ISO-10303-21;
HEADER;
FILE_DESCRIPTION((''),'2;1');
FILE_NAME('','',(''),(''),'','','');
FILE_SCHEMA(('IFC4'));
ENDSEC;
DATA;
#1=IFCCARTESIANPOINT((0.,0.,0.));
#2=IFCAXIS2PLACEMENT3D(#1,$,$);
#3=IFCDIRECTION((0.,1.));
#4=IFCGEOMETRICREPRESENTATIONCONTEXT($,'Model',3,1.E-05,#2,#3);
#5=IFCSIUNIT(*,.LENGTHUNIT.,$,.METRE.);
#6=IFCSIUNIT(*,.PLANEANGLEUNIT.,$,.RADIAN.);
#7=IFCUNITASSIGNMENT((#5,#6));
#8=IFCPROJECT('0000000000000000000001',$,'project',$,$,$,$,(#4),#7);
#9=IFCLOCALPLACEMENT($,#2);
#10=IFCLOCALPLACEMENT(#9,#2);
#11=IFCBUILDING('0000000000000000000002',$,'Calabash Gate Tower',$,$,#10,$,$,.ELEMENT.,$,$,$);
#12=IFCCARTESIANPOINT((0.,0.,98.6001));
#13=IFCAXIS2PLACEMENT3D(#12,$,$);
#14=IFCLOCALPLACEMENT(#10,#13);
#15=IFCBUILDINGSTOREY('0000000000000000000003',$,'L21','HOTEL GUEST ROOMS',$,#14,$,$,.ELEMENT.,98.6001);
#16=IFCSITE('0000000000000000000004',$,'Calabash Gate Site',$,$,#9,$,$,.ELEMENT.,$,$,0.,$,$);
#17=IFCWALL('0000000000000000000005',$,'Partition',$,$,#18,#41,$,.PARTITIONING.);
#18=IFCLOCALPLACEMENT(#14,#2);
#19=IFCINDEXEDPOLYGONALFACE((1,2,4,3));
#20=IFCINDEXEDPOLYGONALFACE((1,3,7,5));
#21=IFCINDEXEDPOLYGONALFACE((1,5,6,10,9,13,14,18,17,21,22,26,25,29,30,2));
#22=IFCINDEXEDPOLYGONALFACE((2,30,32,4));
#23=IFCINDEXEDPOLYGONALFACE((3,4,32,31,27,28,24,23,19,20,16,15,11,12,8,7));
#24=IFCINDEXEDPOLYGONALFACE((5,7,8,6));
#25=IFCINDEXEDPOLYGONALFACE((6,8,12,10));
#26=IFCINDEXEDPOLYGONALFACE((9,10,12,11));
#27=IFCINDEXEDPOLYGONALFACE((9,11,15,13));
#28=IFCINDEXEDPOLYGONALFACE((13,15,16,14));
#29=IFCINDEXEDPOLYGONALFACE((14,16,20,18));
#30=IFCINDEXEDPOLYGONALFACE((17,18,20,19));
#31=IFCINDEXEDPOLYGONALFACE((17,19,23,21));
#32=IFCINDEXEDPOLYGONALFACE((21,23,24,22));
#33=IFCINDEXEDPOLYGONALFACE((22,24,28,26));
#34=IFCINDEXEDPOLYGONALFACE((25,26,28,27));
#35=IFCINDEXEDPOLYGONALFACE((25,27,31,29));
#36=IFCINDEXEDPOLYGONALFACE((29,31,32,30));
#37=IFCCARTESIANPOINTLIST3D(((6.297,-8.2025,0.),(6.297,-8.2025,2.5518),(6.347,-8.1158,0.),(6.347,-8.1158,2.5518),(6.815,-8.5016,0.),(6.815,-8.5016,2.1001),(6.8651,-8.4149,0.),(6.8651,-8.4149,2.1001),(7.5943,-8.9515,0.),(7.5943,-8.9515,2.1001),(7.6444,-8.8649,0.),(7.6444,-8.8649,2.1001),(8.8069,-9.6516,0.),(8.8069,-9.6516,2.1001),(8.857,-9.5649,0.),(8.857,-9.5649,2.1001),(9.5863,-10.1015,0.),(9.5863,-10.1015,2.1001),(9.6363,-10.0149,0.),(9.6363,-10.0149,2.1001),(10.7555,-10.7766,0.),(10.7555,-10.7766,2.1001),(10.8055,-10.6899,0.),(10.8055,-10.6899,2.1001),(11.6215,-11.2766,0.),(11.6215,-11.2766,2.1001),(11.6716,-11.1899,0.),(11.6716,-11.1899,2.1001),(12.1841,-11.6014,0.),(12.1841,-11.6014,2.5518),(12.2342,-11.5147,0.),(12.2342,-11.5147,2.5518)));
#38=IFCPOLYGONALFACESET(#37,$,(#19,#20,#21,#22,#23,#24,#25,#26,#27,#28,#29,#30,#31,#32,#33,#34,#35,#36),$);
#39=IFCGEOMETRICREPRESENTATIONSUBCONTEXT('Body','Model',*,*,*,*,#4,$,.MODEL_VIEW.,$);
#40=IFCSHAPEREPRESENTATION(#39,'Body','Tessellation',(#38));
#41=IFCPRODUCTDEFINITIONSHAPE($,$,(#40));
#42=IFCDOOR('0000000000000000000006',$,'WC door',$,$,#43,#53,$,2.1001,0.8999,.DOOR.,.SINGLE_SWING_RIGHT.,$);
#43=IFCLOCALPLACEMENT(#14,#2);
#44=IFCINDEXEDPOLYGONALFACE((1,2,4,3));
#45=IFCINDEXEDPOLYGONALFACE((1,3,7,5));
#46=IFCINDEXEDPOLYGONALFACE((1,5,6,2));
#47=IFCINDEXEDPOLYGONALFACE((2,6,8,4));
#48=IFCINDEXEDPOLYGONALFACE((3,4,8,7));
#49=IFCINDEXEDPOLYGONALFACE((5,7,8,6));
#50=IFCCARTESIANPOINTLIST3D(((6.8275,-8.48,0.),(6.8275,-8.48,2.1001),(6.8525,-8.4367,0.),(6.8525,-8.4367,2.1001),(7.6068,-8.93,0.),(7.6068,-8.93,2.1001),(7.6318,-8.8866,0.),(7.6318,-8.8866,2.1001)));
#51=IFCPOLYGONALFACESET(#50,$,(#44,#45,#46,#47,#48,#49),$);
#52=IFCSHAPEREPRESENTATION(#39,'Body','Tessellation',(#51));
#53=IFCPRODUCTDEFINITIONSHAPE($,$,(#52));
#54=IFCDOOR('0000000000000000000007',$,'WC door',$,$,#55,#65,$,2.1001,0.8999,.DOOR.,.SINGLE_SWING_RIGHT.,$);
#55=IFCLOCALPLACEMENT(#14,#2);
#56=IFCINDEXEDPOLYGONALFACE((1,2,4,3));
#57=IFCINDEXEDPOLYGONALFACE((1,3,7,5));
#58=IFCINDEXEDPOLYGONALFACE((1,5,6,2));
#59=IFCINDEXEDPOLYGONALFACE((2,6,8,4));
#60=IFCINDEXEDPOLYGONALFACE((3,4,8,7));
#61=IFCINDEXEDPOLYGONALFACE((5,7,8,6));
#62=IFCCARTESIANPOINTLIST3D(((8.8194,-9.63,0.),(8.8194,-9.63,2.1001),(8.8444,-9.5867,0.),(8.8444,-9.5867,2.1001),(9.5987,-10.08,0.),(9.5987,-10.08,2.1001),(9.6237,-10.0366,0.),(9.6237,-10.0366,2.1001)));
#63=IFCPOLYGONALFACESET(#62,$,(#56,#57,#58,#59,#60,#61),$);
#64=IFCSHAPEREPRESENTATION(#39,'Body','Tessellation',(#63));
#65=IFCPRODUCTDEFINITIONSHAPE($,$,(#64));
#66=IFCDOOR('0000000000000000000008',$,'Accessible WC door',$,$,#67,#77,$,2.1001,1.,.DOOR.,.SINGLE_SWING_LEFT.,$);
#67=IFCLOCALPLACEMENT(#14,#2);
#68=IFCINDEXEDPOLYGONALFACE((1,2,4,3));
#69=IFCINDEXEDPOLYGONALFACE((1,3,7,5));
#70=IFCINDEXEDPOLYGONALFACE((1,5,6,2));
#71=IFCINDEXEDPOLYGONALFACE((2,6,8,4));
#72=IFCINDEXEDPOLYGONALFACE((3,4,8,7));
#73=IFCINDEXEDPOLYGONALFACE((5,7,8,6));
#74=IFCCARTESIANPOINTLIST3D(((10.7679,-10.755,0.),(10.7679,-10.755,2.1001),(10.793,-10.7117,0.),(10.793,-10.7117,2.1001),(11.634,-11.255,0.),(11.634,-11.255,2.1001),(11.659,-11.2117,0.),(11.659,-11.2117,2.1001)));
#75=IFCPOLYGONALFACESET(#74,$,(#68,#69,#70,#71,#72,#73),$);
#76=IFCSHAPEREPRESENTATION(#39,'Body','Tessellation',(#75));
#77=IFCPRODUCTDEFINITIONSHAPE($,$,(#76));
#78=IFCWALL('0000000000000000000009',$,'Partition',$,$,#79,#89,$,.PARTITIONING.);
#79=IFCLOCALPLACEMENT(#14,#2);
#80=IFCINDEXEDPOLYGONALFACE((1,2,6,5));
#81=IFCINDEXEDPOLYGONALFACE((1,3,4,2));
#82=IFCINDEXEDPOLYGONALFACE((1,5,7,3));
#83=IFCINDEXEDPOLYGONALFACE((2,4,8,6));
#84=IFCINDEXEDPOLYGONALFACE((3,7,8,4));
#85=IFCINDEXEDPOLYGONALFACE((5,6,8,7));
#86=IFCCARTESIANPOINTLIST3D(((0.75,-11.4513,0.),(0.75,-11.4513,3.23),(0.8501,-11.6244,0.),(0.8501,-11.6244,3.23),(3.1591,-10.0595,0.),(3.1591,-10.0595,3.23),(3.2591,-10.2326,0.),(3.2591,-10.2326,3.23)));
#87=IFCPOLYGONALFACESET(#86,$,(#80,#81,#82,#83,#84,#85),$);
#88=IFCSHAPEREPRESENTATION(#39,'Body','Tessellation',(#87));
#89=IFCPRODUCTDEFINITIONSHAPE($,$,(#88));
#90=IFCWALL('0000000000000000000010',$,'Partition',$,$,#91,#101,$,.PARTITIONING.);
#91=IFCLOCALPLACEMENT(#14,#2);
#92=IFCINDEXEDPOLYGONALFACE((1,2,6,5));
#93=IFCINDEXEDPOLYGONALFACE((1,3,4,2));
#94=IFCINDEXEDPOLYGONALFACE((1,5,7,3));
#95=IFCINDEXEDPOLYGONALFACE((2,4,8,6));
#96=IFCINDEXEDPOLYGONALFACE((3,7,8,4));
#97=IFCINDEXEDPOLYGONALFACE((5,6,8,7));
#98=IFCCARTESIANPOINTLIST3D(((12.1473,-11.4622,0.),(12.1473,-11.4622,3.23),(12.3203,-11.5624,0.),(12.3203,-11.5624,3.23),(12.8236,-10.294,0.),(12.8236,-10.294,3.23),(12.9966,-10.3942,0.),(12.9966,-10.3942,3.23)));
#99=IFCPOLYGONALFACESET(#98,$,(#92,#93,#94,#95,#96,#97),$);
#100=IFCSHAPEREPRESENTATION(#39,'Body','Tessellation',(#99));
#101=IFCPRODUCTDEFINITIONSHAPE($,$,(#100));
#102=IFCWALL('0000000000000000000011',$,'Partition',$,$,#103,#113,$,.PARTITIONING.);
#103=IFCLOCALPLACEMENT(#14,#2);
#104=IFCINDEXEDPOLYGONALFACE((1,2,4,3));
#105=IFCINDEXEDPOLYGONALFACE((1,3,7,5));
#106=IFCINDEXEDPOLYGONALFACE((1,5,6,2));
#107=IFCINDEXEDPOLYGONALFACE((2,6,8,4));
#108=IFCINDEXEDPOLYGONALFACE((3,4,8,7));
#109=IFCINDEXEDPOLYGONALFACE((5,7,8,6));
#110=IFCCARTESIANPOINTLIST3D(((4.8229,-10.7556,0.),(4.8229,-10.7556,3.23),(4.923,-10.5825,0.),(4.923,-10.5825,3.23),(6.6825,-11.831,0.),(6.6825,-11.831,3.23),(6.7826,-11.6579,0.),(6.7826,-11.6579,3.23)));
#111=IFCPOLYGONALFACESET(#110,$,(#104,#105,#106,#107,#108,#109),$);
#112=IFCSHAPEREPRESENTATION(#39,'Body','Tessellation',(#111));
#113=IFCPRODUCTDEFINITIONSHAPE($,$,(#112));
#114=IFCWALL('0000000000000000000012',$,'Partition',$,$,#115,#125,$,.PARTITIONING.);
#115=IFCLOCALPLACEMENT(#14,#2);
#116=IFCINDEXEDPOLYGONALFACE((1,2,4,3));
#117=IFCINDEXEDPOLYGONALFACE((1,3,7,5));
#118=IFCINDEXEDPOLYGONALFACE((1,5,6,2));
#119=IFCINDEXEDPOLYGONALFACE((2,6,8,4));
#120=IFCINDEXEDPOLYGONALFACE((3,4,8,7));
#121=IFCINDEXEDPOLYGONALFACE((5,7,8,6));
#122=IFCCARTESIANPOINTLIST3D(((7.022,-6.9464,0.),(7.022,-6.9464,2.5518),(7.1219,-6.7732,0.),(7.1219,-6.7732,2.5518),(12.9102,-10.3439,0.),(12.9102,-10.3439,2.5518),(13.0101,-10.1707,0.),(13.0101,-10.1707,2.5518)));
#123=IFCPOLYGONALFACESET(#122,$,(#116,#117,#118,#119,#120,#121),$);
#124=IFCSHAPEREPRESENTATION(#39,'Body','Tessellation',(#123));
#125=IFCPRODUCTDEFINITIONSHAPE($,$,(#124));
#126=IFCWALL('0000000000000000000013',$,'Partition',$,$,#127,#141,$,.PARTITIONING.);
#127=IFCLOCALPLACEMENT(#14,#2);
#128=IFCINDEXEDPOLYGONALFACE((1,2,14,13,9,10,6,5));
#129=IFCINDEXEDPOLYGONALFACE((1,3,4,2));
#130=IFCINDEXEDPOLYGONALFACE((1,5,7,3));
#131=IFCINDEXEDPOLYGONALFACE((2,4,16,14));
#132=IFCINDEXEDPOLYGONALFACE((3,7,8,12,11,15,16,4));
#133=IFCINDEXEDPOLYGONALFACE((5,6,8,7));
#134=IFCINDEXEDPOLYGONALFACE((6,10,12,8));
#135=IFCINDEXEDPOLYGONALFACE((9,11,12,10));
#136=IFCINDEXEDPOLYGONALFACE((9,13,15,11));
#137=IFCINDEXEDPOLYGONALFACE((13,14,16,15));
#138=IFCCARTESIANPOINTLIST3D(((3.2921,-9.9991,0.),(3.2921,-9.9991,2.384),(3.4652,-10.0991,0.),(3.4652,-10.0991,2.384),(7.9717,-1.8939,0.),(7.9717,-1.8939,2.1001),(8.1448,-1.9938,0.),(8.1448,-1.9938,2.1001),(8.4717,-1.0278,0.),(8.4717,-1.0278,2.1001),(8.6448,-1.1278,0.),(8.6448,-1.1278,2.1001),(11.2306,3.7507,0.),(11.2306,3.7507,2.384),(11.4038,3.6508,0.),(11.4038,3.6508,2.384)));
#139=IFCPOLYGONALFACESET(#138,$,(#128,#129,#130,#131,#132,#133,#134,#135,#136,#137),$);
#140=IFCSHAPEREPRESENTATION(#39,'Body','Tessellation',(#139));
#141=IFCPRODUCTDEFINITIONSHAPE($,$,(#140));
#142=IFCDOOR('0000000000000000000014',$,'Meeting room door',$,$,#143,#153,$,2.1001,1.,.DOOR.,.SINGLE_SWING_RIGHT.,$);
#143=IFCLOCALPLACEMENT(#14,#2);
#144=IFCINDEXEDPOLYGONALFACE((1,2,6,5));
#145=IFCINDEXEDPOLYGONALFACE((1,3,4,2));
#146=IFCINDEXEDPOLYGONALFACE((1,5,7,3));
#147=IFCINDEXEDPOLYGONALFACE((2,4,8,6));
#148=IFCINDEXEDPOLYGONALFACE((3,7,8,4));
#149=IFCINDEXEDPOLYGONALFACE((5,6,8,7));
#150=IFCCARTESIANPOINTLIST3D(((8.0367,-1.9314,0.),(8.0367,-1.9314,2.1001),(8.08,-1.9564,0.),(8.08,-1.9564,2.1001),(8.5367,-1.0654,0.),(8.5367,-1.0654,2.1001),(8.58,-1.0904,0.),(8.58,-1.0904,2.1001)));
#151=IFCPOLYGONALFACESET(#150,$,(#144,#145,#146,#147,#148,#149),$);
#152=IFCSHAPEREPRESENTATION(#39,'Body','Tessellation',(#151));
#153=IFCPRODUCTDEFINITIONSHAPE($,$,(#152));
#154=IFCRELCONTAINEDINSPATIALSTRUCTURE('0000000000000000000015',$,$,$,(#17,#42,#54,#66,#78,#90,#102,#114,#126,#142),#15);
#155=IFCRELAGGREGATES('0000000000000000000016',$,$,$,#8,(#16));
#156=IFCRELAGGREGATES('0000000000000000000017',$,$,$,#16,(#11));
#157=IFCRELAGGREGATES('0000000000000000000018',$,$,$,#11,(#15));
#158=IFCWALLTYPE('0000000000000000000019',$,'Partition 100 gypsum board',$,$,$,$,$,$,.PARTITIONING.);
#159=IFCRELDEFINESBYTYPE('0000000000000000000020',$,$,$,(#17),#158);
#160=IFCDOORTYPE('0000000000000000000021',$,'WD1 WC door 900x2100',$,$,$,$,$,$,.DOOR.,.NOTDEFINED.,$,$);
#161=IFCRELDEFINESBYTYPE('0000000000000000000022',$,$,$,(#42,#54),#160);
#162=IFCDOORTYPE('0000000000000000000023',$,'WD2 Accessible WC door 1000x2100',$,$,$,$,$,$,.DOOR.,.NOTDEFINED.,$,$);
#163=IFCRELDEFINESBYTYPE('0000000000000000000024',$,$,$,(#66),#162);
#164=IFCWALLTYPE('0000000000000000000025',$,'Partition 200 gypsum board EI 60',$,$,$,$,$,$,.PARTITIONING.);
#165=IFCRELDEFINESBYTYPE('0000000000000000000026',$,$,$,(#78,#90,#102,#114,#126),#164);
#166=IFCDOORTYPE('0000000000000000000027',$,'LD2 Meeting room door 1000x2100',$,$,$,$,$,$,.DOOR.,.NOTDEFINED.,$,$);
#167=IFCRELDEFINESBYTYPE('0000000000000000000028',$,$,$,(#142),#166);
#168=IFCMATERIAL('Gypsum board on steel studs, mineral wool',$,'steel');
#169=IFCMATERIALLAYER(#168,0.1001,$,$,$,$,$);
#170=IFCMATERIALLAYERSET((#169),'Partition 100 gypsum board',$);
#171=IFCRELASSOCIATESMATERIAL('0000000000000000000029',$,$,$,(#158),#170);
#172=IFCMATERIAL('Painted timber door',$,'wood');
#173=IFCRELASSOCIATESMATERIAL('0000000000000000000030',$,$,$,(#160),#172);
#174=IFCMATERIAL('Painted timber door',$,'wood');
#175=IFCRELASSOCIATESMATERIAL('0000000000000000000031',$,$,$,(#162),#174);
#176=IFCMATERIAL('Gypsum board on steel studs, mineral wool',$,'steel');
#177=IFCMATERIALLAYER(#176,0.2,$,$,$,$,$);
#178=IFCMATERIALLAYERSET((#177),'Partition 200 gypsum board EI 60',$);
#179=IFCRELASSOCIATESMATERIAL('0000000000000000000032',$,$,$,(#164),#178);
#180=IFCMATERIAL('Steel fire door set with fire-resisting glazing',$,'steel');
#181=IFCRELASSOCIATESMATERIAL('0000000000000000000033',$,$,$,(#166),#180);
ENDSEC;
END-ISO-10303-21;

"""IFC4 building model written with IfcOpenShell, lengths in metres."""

from ifc_helpers import new_model, si_unit, direction, frame, frame_2d, origin, place, context, subcontext, project, spatial, rectangle, extrude, material, layer, layer_set, type_object, element, fill, save


model = new_model("IFC4")

# Units and contexts
model_context = context("Model", 3, precision=1e-05, world=origin(), true_north=direction((0.0, 1.0)))
body_context = subcontext(model_context, "Body", "Model", "MODEL_VIEW")
ifc_project = project(units=[si_unit("LENGTHUNIT", "METRE"), si_unit("PLANEANGLEUNIT", "RADIAN")], contexts=[model_context])

# Site, building, storey
site_placement = place(None, origin())
site = spatial("IfcSite", under=ifc_project, at=site_placement, Name="Calabash Gate Site", CompositionType="ELEMENT", RefElevation=0.0)
building_placement = place(site_placement, origin())
building = spatial("IfcBuilding", under=site, at=building_placement, Name="Calabash Gate Tower", CompositionType="ELEMENT")
storey_placement = place(building_placement, frame((0.0, 0.0, 98.6001)))
storey = spatial("IfcBuildingStorey", under=building, at=storey_placement, Name="L21", Description="HOTEL GUEST ROOMS", CompositionType="ELEMENT", Elevation=98.6001)

# Wall, openings, doors
ifc_material_1 = material(Name="Gypsum board on steel studs, mineral wool", Category="steel")
ifc_layer_1 = layer(ifc_material_1, 0.1001)
ifc_layer_set_1 = layer_set([ifc_layer_1], Name="Partition 100 gypsum board")
wall_type_1 = type_object("IfcWallType", Name="Partition 100 gypsum board", PredefinedType="PARTITIONING", material=ifc_layer_set_1)
wall_1_placement = place(storey_placement, frame((6.322, -8.1592, 0.0), z_axis=(0.0, 0.0, 1.0), x_axis=(0.866029, -0.499994, 0.0)))
wall_1 = element("IfcWall", 1, at=wall_1_placement, inside=storey, type_object=wall_type_1, Name="Partition", PredefinedType="PARTITIONING", context=body_context, shape_type="SweptSolid", body=[
    extrude(rectangle(XDim=6.7979, YDim=0.1001, at=frame_2d((3.3989, 0.0))), origin(), (0.0, 0.0, 1.0), 2.5518),
])
opening_1_placement = place(wall_1_placement, frame((0.5981, 0.0, 0.0)))
opening_1 = element("IfcOpeningElement", 2, at=opening_1_placement, cuts=wall_1, PredefinedType="OPENING", context=body_context, shape_type="SweptSolid", body=[
    extrude(rectangle(XDim=0.8999, YDim=2.1001, at=frame_2d((0.45, 1.05))), frame((0.0, 0.0601, 0.0), z_axis=(0.0, -1.0, 0.0), x_axis=(1.0, 0.0, 0.0)), (0.0, 0.0, 1.0), 0.1201),
])
opening_2_placement = place(wall_1_placement, frame((2.8982, 0.0, 0.0)))
opening_2 = element("IfcOpeningElement", 3, at=opening_2_placement, cuts=wall_1, PredefinedType="OPENING", context=body_context, shape_type="SweptSolid", body=[
    extrude(rectangle(XDim=0.8999, YDim=2.1001, at=frame_2d((0.45, 1.05))), frame((0.0, 0.0601, 0.0), z_axis=(0.0, -1.0, 0.0), x_axis=(1.0, 0.0, 0.0)), (0.0, 0.0, 1.0), 0.1201),
])
opening_3_placement = place(wall_1_placement, frame((5.1482, 0.0, 0.0)))
opening_3 = element("IfcOpeningElement", 4, at=opening_3_placement, cuts=wall_1, PredefinedType="OPENING", context=body_context, shape_type="SweptSolid", body=[
    extrude(rectangle(XDim=1.0, YDim=2.1001, at=frame_2d((0.5, 1.05))), frame((0.0, 0.0601, 0.0), z_axis=(0.0, -1.0, 0.0), x_axis=(1.0, 0.0, 0.0)), (0.0, 0.0, 1.0), 0.1201),
])
ifc_material_2 = material(Name="Painted timber door", Category="wood")
door_type_1 = type_object("IfcDoorType", Name="WD1 WC door 900x2100", OperationType="NOTDEFINED", PredefinedType="DOOR", material=ifc_material_2)
door_1_placement = place(opening_1_placement, origin())
door_1 = element("IfcDoor", 5, at=door_1_placement, inside=storey, type_object=door_type_1, Name="WC door", OperationType="SINGLE_SWING_RIGHT", OverallHeight=2.1001, OverallWidth=0.8999, PredefinedType="DOOR", context=body_context, shape_type="SweptSolid", body=[
    extrude(rectangle(XDim=0.8999, YDim=2.1001, at=frame_2d((0.45, 1.05))), frame((0.0, 0.0249, 0.0), z_axis=(0.0, -1.0, 0.0), x_axis=(1.0, 0.0, 0.0)), (0.0, 0.0, 1.0), 0.05),
])
fill(opening_1, door_1)
door_2_placement = place(opening_2_placement, origin())
door_2 = element("IfcDoor", 6, at=door_2_placement, inside=storey, type_object=door_type_1, Name="WC door", OperationType="SINGLE_SWING_RIGHT", OverallHeight=2.1001, OverallWidth=0.8999, PredefinedType="DOOR", context=body_context, shape_type="SweptSolid", body=[
    extrude(rectangle(XDim=0.8999, YDim=2.1001, at=frame_2d((0.45, 1.05))), frame((0.0, 0.0249, 0.0), z_axis=(0.0, -1.0, 0.0), x_axis=(1.0, 0.0, 0.0)), (0.0, 0.0, 1.0), 0.05),
])
fill(opening_2, door_2)
ifc_material_3 = material(Name="Painted timber door", Category="wood")
door_type_2 = type_object("IfcDoorType", Name="WD2 Accessible WC door 1000x2100", OperationType="NOTDEFINED", PredefinedType="DOOR", material=ifc_material_3)
door_3_placement = place(opening_3_placement, origin())
door_3 = element("IfcDoor", 7, at=door_3_placement, inside=storey, type_object=door_type_2, Name="Accessible WC door", OperationType="SINGLE_SWING_LEFT", OverallHeight=2.1001, OverallWidth=1.0, PredefinedType="DOOR", context=body_context, shape_type="SweptSolid", body=[
    extrude(rectangle(XDim=1.0, YDim=2.1001, at=frame_2d((0.5, 1.05))), frame((0.0, 0.0249, 0.0), z_axis=(0.0, -1.0, 0.0), x_axis=(1.0, 0.0, 0.0)), (0.0, 0.0, 1.0), 0.05),
])
fill(opening_3, door_3)

# Walls
ifc_material_4 = material(Name="Gypsum board on steel studs, mineral wool", Category="steel")
ifc_layer_2 = layer(ifc_material_4, 0.2)
ifc_layer_set_2 = layer_set([ifc_layer_2], Name="Partition 200 gypsum board EI 60")
wall_type_2 = type_object("IfcWallType", Name="Partition 200 gypsum board EI 60", PredefinedType="PARTITIONING", material=ifc_layer_set_2)
wall_2_placement = place(storey_placement, frame((0.8, -11.5378, 0.0), z_axis=(0.0, 0.0, 1.0), x_axis=(0.865884, 0.500244, 0.0)))
element("IfcWall", 8, at=wall_2_placement, inside=storey, type_object=wall_type_2, Name="Partition", PredefinedType="PARTITIONING", context=body_context, shape_type="SweptSolid", body=[
    extrude(rectangle(XDim=2.7822, YDim=0.2, at=frame_2d((1.3911, 0.0))), origin(), (0.0, 0.0, 1.0), 3.23),
])
wall_3_placement = place(storey_placement, frame((12.2339, -11.5122, 0.0), z_axis=(0.0, 0.0, 1.0), x_axis=(0.501001, 0.865447, 0.0)))
element("IfcWall", 9, at=wall_3_placement, inside=storey, type_object=wall_type_2, Name="Partition", PredefinedType="PARTITIONING", context=body_context, shape_type="SweptSolid", body=[
    extrude(rectangle(XDim=1.3499, YDim=0.2, at=frame_2d((0.6748, 0.0))), origin(), (0.0, 0.0, 1.0), 3.23),
])
wall_4_placement = place(storey_placement, frame((4.8728, -10.6689, 0.0), z_axis=(0.0, 0.0, 1.0), x_axis=(0.865665, -0.500624, 0.0)))
element("IfcWall", 10, at=wall_4_placement, inside=storey, type_object=wall_type_2, Name="Partition", PredefinedType="PARTITIONING", context=body_context, shape_type="SweptSolid", body=[
    extrude(rectangle(XDim=2.1482, YDim=0.2, at=frame_2d((1.0742, 0.0))), origin(), (0.0, 0.0, 1.0), 3.23),
])
wall_5_placement = place(storey_placement, frame((7.072, -6.8599, 0.0), z_axis=(0.0, 0.0, 1.0), x_axis=(0.866158, -0.49977, 0.0)))
element("IfcWall", 11, at=wall_5_placement, inside=storey, type_object=wall_type_2, Name="Partition", PredefinedType="PARTITIONING", context=body_context, shape_type="SweptSolid", body=[
    extrude(rectangle(XDim=6.7981, YDim=0.2, at=frame_2d((3.3989, 0.0))), origin(), (0.0, 0.0, 1.0), 2.5518),
])

# Wall, opening, door
wall_6_placement = place(storey_placement, frame((3.3787, -10.0491, 0.0), z_axis=(0.0, 0.0, 1.0), x_axis=(0.500002, 0.866024, 0.0)))
wall_6 = element("IfcWall", 12, at=wall_6_placement, inside=storey, type_object=wall_type_2, Name="Partition", PredefinedType="PARTITIONING", context=body_context, shape_type="SweptSolid", body=[
    extrude(rectangle(XDim=15.877, YDim=0.2, at=frame_2d((7.9385, 0.0))), origin(), (0.0, 0.0, 1.0), 2.384),
])
opening_4_placement = place(wall_6_placement, frame((9.3591, 0.0, 0.0)))
opening_4 = element("IfcOpeningElement", 13, at=opening_4_placement, cuts=wall_6, PredefinedType="OPENING", context=body_context, shape_type="SweptSolid", body=[
    extrude(rectangle(XDim=1.0, YDim=2.1001, at=frame_2d((0.5, 1.05))), frame((0.0, 0.1099, 0.0), z_axis=(0.0, -1.0, 0.0), x_axis=(1.0, 0.0, 0.0)), (0.0, 0.0, 1.0), 0.22),
])
ifc_material_5 = material(Name="Steel fire door set with fire-resisting glazing", Category="steel")
door_type_3 = type_object("IfcDoorType", Name="LD2 Meeting room door 1000x2100", OperationType="NOTDEFINED", PredefinedType="DOOR", material=ifc_material_5)
door_4_placement = place(opening_4_placement, origin())
door_4 = element("IfcDoor", 14, at=door_4_placement, inside=storey, type_object=door_type_3, Name="Meeting room door", OperationType="SINGLE_SWING_RIGHT", OverallHeight=2.1001, OverallWidth=1.0, PredefinedType="DOOR", context=body_context, shape_type="SweptSolid", body=[
    extrude(rectangle(XDim=1.0, YDim=2.1001, at=frame_2d((0.5, 1.05))), frame((0.0, 0.0249, 0.0), z_axis=(0.0, -1.0, 0.0), x_axis=(1.0, 0.0, 0.0)), (0.0, 0.0, 1.0), 0.05),
])
fill(opening_4, door_4)

save(model, "model.ifc")
